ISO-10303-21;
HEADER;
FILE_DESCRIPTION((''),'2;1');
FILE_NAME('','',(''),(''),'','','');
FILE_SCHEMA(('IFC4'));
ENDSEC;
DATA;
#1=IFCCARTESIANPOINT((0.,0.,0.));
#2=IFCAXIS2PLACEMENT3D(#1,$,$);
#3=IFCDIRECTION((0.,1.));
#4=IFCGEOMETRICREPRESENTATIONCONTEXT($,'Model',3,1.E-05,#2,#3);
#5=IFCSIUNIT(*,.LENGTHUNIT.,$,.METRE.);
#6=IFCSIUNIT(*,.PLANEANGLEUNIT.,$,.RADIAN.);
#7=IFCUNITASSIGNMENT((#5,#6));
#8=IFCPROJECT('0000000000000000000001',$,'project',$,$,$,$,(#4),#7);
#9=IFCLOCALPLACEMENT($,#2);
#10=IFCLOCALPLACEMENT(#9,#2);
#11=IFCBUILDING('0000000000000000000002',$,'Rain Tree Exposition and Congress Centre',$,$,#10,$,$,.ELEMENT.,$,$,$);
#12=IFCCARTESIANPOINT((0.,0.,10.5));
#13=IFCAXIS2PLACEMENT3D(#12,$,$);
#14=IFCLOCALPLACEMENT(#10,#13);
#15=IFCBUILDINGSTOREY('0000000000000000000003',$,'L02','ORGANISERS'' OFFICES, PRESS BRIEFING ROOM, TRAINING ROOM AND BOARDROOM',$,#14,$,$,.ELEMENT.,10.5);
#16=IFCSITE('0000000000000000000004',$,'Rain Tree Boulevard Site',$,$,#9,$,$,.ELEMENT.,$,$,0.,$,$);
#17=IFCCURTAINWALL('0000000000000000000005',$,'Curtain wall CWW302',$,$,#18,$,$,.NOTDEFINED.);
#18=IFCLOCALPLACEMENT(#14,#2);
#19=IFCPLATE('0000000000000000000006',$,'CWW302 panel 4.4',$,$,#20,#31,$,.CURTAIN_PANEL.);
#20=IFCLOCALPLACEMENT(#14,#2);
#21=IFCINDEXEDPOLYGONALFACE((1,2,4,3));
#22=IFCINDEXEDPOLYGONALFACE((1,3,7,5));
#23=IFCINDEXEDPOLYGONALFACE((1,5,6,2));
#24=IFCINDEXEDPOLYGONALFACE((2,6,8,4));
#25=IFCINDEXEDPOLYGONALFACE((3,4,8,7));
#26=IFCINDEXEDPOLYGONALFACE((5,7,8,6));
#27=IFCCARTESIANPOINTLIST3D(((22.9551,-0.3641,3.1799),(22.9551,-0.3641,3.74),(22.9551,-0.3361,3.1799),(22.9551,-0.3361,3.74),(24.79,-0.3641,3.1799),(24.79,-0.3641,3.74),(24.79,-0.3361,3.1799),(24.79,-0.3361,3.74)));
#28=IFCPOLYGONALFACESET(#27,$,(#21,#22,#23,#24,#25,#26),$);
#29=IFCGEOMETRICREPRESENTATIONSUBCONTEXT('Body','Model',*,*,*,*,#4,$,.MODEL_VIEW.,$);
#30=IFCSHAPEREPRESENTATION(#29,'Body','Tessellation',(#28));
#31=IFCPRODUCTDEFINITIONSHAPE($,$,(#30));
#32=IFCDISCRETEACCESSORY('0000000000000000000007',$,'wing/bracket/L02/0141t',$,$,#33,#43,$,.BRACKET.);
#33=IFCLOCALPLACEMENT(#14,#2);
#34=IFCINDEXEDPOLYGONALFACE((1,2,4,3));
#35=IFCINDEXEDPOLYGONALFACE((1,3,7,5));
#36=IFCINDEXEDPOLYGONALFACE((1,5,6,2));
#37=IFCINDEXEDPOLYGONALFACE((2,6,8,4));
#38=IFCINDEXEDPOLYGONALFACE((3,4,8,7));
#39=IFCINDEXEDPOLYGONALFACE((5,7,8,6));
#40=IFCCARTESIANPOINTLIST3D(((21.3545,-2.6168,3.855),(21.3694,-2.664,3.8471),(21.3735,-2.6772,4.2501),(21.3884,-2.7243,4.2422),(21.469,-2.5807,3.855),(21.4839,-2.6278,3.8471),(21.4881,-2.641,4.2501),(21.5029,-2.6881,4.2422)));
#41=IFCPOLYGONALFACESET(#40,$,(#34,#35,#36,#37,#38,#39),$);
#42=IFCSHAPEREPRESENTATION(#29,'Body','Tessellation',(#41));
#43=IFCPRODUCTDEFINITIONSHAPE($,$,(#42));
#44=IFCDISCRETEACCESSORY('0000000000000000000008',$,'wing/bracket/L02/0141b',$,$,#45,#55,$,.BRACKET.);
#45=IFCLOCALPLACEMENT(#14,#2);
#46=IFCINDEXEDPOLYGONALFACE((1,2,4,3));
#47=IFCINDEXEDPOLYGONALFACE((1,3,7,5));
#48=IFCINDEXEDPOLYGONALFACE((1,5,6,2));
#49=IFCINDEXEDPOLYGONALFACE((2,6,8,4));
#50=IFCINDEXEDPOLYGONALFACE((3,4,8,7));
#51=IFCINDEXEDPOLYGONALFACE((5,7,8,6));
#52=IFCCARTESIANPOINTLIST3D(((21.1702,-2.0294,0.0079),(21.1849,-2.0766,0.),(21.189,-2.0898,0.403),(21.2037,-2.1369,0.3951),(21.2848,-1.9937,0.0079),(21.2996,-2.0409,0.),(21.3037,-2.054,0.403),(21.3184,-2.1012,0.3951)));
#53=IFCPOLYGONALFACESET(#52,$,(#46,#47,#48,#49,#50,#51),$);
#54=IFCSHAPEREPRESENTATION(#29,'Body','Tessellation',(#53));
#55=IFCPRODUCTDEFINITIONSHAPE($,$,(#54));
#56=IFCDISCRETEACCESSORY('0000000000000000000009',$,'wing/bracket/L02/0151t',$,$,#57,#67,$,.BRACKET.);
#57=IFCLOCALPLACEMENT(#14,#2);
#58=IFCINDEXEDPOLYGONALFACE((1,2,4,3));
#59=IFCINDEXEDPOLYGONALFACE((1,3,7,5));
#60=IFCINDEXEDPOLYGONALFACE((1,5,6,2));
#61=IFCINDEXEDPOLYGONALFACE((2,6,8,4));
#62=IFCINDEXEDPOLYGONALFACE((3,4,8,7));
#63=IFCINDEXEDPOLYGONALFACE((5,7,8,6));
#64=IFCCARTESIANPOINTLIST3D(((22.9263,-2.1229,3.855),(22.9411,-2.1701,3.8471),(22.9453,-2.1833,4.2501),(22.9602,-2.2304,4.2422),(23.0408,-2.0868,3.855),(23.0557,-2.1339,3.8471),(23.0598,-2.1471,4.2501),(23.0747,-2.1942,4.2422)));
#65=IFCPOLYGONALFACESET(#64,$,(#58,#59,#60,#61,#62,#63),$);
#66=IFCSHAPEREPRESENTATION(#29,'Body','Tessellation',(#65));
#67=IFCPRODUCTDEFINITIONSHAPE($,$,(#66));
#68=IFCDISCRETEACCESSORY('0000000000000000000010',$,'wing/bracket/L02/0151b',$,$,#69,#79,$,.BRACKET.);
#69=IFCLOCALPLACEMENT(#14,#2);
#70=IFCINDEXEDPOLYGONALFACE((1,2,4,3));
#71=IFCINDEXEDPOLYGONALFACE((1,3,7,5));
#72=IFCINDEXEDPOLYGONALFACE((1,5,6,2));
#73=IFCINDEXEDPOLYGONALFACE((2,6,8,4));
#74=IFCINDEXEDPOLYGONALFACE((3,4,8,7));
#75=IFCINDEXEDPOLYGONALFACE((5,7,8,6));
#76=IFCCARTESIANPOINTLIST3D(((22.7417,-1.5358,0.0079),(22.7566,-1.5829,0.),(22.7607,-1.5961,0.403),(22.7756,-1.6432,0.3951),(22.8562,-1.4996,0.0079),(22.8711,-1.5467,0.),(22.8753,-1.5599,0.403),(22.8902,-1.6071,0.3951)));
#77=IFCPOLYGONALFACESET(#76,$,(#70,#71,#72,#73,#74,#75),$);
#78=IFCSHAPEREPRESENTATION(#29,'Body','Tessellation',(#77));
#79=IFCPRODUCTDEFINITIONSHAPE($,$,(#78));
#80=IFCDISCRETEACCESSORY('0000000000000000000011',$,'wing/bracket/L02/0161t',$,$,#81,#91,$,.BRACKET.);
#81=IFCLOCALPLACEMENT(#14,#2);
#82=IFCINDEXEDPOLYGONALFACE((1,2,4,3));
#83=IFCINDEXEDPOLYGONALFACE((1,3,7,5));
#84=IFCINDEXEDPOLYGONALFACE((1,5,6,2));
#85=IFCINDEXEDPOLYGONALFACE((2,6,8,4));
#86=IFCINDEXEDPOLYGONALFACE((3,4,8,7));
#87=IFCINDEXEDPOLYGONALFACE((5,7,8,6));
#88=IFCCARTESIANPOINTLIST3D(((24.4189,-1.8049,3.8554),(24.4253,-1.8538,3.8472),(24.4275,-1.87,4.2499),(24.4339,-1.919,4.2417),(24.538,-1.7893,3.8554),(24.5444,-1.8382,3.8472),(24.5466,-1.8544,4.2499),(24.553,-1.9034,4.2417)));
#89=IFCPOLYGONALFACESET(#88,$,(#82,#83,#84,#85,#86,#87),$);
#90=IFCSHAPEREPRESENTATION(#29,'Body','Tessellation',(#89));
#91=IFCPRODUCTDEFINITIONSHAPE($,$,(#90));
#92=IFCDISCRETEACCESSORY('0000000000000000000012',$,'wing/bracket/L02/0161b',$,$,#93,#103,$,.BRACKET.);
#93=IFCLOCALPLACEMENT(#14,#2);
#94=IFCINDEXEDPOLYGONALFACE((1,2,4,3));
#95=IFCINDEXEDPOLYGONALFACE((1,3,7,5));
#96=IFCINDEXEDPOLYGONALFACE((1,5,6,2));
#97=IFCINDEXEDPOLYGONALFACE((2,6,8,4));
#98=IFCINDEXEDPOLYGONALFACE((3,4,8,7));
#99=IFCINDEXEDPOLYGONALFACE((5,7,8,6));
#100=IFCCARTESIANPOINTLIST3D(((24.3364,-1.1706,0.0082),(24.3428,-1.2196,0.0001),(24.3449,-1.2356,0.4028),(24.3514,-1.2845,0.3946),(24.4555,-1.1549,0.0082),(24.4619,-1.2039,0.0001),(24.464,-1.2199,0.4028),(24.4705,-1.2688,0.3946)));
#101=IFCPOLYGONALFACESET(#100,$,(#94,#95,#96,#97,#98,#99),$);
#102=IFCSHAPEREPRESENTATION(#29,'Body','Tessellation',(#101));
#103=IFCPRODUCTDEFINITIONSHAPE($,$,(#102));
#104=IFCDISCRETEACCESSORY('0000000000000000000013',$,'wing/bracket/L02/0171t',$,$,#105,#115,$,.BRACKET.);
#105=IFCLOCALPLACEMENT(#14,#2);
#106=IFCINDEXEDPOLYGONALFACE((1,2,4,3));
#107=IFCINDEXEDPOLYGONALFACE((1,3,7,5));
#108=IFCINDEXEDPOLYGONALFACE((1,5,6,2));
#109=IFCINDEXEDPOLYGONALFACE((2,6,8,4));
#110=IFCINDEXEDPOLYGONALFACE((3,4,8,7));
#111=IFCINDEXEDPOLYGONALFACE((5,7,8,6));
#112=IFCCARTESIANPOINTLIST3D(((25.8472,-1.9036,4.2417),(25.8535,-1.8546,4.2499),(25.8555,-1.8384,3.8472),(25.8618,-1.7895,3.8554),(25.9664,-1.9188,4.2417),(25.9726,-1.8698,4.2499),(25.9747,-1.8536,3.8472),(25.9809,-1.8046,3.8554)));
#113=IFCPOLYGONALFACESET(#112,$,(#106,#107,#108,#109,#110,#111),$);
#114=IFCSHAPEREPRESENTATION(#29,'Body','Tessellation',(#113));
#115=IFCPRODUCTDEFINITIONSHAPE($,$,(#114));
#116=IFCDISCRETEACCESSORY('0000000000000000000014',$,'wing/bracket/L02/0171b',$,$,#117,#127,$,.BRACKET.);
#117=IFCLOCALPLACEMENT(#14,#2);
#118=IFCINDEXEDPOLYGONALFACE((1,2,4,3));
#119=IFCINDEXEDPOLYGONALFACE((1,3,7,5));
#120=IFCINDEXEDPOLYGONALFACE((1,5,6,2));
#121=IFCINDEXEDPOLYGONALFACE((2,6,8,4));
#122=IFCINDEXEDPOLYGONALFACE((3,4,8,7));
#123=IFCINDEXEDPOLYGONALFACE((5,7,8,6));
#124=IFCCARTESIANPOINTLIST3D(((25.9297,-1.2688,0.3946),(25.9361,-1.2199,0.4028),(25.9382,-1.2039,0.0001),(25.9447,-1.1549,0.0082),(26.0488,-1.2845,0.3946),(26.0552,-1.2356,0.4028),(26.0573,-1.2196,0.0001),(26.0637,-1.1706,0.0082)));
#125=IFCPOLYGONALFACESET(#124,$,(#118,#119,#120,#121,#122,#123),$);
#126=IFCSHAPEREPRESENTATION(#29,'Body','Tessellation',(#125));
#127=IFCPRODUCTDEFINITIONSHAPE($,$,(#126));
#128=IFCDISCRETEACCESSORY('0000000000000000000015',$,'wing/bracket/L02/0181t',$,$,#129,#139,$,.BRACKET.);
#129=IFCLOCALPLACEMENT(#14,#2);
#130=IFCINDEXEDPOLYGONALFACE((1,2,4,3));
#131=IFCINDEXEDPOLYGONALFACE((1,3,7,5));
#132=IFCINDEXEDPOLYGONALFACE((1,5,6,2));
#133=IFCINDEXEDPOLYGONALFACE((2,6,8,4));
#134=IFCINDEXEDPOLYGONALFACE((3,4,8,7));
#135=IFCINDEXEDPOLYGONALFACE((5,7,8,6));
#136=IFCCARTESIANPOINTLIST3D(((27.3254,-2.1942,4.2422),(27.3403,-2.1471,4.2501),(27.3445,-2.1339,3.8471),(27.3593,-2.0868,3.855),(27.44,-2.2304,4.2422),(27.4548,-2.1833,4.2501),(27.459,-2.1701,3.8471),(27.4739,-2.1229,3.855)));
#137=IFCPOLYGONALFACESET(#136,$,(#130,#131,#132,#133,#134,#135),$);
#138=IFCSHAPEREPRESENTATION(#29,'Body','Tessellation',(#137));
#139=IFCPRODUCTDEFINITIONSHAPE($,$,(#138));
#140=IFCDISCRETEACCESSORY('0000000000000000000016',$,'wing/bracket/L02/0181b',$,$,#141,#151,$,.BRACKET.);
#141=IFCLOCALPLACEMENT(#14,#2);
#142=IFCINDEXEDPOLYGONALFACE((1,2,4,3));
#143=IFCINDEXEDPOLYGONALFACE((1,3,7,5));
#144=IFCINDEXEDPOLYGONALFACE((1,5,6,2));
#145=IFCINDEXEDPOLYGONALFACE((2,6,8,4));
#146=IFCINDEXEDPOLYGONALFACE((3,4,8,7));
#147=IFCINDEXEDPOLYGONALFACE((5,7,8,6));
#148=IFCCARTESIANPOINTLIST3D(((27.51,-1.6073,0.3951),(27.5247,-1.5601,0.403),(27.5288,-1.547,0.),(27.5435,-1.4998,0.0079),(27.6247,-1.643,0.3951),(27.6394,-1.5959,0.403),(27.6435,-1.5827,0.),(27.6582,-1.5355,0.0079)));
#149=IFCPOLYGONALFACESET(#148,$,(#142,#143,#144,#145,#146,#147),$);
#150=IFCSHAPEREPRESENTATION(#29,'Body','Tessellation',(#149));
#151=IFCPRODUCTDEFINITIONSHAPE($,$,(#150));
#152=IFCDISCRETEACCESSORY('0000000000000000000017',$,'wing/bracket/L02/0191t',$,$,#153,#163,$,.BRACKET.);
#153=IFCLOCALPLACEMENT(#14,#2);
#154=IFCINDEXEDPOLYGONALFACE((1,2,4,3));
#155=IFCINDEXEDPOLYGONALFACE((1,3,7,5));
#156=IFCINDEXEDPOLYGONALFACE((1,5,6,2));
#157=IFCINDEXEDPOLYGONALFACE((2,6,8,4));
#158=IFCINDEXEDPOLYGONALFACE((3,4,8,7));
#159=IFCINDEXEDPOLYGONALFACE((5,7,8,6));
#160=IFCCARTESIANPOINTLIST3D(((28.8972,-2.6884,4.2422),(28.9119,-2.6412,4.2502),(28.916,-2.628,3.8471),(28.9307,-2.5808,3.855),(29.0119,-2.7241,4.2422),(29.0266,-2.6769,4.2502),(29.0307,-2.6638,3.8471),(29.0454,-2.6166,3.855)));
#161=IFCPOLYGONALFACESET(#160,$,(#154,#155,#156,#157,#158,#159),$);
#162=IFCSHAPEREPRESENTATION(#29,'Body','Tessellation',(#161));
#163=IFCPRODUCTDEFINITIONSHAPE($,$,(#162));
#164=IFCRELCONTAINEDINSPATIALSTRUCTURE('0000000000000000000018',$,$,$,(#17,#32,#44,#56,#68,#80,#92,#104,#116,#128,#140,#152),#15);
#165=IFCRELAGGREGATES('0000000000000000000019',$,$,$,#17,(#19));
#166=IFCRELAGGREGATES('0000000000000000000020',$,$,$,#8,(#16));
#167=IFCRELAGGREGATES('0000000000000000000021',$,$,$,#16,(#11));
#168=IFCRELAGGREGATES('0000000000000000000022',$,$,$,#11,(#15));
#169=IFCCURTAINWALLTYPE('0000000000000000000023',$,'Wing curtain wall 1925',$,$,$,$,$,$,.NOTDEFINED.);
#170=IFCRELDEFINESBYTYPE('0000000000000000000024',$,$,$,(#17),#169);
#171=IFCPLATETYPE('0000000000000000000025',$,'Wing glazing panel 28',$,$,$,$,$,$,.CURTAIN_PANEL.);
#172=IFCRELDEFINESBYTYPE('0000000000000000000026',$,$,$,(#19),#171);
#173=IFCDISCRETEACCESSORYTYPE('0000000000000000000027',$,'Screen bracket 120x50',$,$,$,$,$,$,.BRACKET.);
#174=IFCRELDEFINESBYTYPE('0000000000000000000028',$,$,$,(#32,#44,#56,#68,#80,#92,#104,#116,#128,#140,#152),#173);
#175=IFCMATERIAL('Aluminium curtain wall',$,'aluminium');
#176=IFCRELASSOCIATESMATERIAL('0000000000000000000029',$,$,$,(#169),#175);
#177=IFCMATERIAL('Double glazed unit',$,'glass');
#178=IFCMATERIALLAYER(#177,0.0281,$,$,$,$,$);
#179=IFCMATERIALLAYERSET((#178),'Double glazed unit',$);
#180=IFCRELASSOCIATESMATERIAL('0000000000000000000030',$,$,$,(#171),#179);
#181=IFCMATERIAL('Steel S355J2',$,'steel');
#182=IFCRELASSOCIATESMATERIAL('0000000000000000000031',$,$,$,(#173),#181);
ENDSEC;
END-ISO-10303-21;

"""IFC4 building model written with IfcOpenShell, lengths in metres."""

from ifc_helpers import new_model, si_unit, direction, frame, origin, origin_2d, place, context, subcontext, project, spatial, rectangle, extrude, material, layer, layer_set, material_profile, profile_set, type_object, element, aggregate, save


model = new_model("IFC4")

# Units and contexts
model_context = context("Model", 3, precision=1e-05, world=origin(), true_north=direction((0.0, 1.0)))
body_context = subcontext(model_context, "Body", "Model", "MODEL_VIEW")
ifc_project = project(units=[si_unit("LENGTHUNIT", "METRE"), si_unit("PLANEANGLEUNIT", "RADIAN")], contexts=[model_context])

# Site, building, storey
site_placement = place(None, origin())
site = spatial("IfcSite", under=ifc_project, at=site_placement, Name="Rain Tree Boulevard Site", CompositionType="ELEMENT", RefElevation=0.0)
building_placement = place(site_placement, origin())
building = spatial("IfcBuilding", under=site, at=building_placement, Name="Rain Tree Exposition and Congress Centre", CompositionType="ELEMENT")
storey_placement = place(building_placement, frame((0.0, 0.0, 10.5)))
storey = spatial("IfcBuildingStorey", under=building, at=storey_placement, Name="L02", Description="ORGANISERS' OFFICES, PRESS BRIEFING ROOM, TRAINING ROOM AND BOARDROOM", CompositionType="ELEMENT", Elevation=10.5)

# Curtain wall, plate
ifc_material_1 = material(Name="Aluminium curtain wall", Category="aluminium")
curtain_wall_type = type_object("IfcCurtainWallType", Name="Wing curtain wall 1925", PredefinedType="NOTDEFINED", material=ifc_material_1)
curtain_wall_placement = place(storey_placement, origin())
curtain_wall = element("IfcCurtainWall", 1, at=curtain_wall_placement, inside=storey, type_object=curtain_wall_type, Name="Curtain wall CWW302", PredefinedType="NOTDEFINED")
ifc_material_2 = material(Name="Double glazed unit", Category="glass")
ifc_layer_1 = layer(ifc_material_2, 0.0281)
ifc_layer_set_1 = layer_set([ifc_layer_1], Name="Double glazed unit")
plate_type = type_object("IfcPlateType", Name="Wing glazing panel 28", PredefinedType="CURTAIN_PANEL", material=ifc_layer_set_1)
plate_1_placement = place(storey_placement, frame((23.8726, -0.3501, 3.1799), z_axis=(0.0, 0.0, 1.0), x_axis=(1.0, 0.0, 0.0)))
plate_1 = element("IfcPlate", 2, at=plate_1_placement, type_object=plate_type, Name="CWW302 panel 4.4", PredefinedType="CURTAIN_PANEL", context=body_context, shape_type="SweptSolid", body=[
    extrude(rectangle(XDim=1.835, YDim=0.0281, at=origin_2d()), origin(), (0.0, 0.0, 1.0), 0.5601),
])
aggregate(curtain_wall, [plate_1])

# Discrete accessories
ifc_material_3 = material(Name="Steel S355J2", Category="steel")
ifc_material_profile_1 = material_profile(ifc_material_3, rectangle(XDim=0.1201, YDim=0.05, at=origin_2d()), Name="Flat bar 120x50")
ifc_profile_set_1 = profile_set([ifc_material_profile_1], Name="Steel S355J2")
discrete_accessory_type = type_object("IfcDiscreteAccessoryType", Name="Screen bracket 120x50", PredefinedType="BRACKET", material=ifc_profile_set_1)
for number, where, z_axis, x_axis, name in (
    (3, (21.4192, -2.6223, 3.8511), (0.047602, -0.150738, 0.987427), (0.953583, 0.301131, 0.0), "wing/bracket/L02/0141t"),
    (4, (21.2349, -2.0352, 0.0039), (0.046993, -0.150743, 0.987456), (0.954686, 0.297615, 0.0), "wing/bracket/L02/0141b"),
    (5, (22.991, -2.1284, 3.8511), (0.047602, -0.150738, 0.987427), (0.953583, 0.301131, 0.0), "wing/bracket/L02/0151t"),
    (6, (22.8064, -1.5413, 0.0039), (0.047602, -0.150738, 0.987427), (0.953583, 0.301131, 0.0), "wing/bracket/L02/0151b"),
):
    element("IfcDiscreteAccessory", number, at=place(storey_placement, frame(where, z_axis=z_axis, x_axis=x_axis)), inside=storey, type_object=discrete_accessory_type, Name=name, PredefinedType="BRACKET", context=body_context, shape_type="SweptSolid", body=[
        extrude(rectangle(XDim=0.1201, YDim=0.05, at=origin_2d()), origin(), (0.0, 0.0, 1.0), 0.4001),
    ])
for number, where, z_axis, x_axis, name in (
    (7, (24.4817, -1.8215, 3.8513), (0.021364, -0.162976, 0.986399), (0.991517, 0.129974, 0.0), "wing/bracket/L02/0161t"),
    (8, (24.3992, -1.1873, 0.0042), (0.021366, -0.162381, 0.986497), (0.991454, 0.130455, 0.0), "wing/bracket/L02/0161b"),
    (9, (25.9182, -1.8215, 3.8513), (-0.020754, -0.162978, 0.986411), (0.991989, -0.126321, 0.0), "wing/bracket/L02/0171t"),
    (10, (26.001, -1.1873, 0.0042), (-0.021366, -0.162381, 0.986497), (0.991454, -0.130455, 0.0), "wing/bracket/L02/0171b"),
):
    element("IfcDiscreteAccessory", number, at=place(storey_placement, frame(where, z_axis=z_axis, x_axis=x_axis)), inside=storey, type_object=discrete_accessory_type, Name=name, PredefinedType="BRACKET", context=body_context, shape_type="SweptSolid", body=[
        extrude(rectangle(XDim=0.1201, YDim=0.05, at=origin_2d()), origin(), (0.0, 0.0, 1.0), 0.3999),
    ])
for number, where, z_axis, x_axis, name in (
    (11, (27.4092, -2.1284, 3.8511), (-0.047602, -0.150738, 0.987427), (0.953583, -0.301131, 0.0), "wing/bracket/L02/0181t"),
    (12, (27.5935, -1.5413, 0.0039), (-0.046993, -0.150743, 0.987456), (0.954686, -0.297615, 0.0), "wing/bracket/L02/0181b"),
    (13, (28.9807, -2.6223, 3.8511), (-0.046993, -0.150743, 0.987456), (0.954686, -0.297615, 0.0), "wing/bracket/L02/0191t"),
):
    element("IfcDiscreteAccessory", number, at=place(storey_placement, frame(where, z_axis=z_axis, x_axis=x_axis)), inside=storey, type_object=discrete_accessory_type, Name=name, PredefinedType="BRACKET", context=body_context, shape_type="SweptSolid", body=[
        extrude(rectangle(XDim=0.1201, YDim=0.05, at=origin_2d()), origin(), (0.0, 0.0, 1.0), 0.4001),
    ])

save(model, "model.ifc")
